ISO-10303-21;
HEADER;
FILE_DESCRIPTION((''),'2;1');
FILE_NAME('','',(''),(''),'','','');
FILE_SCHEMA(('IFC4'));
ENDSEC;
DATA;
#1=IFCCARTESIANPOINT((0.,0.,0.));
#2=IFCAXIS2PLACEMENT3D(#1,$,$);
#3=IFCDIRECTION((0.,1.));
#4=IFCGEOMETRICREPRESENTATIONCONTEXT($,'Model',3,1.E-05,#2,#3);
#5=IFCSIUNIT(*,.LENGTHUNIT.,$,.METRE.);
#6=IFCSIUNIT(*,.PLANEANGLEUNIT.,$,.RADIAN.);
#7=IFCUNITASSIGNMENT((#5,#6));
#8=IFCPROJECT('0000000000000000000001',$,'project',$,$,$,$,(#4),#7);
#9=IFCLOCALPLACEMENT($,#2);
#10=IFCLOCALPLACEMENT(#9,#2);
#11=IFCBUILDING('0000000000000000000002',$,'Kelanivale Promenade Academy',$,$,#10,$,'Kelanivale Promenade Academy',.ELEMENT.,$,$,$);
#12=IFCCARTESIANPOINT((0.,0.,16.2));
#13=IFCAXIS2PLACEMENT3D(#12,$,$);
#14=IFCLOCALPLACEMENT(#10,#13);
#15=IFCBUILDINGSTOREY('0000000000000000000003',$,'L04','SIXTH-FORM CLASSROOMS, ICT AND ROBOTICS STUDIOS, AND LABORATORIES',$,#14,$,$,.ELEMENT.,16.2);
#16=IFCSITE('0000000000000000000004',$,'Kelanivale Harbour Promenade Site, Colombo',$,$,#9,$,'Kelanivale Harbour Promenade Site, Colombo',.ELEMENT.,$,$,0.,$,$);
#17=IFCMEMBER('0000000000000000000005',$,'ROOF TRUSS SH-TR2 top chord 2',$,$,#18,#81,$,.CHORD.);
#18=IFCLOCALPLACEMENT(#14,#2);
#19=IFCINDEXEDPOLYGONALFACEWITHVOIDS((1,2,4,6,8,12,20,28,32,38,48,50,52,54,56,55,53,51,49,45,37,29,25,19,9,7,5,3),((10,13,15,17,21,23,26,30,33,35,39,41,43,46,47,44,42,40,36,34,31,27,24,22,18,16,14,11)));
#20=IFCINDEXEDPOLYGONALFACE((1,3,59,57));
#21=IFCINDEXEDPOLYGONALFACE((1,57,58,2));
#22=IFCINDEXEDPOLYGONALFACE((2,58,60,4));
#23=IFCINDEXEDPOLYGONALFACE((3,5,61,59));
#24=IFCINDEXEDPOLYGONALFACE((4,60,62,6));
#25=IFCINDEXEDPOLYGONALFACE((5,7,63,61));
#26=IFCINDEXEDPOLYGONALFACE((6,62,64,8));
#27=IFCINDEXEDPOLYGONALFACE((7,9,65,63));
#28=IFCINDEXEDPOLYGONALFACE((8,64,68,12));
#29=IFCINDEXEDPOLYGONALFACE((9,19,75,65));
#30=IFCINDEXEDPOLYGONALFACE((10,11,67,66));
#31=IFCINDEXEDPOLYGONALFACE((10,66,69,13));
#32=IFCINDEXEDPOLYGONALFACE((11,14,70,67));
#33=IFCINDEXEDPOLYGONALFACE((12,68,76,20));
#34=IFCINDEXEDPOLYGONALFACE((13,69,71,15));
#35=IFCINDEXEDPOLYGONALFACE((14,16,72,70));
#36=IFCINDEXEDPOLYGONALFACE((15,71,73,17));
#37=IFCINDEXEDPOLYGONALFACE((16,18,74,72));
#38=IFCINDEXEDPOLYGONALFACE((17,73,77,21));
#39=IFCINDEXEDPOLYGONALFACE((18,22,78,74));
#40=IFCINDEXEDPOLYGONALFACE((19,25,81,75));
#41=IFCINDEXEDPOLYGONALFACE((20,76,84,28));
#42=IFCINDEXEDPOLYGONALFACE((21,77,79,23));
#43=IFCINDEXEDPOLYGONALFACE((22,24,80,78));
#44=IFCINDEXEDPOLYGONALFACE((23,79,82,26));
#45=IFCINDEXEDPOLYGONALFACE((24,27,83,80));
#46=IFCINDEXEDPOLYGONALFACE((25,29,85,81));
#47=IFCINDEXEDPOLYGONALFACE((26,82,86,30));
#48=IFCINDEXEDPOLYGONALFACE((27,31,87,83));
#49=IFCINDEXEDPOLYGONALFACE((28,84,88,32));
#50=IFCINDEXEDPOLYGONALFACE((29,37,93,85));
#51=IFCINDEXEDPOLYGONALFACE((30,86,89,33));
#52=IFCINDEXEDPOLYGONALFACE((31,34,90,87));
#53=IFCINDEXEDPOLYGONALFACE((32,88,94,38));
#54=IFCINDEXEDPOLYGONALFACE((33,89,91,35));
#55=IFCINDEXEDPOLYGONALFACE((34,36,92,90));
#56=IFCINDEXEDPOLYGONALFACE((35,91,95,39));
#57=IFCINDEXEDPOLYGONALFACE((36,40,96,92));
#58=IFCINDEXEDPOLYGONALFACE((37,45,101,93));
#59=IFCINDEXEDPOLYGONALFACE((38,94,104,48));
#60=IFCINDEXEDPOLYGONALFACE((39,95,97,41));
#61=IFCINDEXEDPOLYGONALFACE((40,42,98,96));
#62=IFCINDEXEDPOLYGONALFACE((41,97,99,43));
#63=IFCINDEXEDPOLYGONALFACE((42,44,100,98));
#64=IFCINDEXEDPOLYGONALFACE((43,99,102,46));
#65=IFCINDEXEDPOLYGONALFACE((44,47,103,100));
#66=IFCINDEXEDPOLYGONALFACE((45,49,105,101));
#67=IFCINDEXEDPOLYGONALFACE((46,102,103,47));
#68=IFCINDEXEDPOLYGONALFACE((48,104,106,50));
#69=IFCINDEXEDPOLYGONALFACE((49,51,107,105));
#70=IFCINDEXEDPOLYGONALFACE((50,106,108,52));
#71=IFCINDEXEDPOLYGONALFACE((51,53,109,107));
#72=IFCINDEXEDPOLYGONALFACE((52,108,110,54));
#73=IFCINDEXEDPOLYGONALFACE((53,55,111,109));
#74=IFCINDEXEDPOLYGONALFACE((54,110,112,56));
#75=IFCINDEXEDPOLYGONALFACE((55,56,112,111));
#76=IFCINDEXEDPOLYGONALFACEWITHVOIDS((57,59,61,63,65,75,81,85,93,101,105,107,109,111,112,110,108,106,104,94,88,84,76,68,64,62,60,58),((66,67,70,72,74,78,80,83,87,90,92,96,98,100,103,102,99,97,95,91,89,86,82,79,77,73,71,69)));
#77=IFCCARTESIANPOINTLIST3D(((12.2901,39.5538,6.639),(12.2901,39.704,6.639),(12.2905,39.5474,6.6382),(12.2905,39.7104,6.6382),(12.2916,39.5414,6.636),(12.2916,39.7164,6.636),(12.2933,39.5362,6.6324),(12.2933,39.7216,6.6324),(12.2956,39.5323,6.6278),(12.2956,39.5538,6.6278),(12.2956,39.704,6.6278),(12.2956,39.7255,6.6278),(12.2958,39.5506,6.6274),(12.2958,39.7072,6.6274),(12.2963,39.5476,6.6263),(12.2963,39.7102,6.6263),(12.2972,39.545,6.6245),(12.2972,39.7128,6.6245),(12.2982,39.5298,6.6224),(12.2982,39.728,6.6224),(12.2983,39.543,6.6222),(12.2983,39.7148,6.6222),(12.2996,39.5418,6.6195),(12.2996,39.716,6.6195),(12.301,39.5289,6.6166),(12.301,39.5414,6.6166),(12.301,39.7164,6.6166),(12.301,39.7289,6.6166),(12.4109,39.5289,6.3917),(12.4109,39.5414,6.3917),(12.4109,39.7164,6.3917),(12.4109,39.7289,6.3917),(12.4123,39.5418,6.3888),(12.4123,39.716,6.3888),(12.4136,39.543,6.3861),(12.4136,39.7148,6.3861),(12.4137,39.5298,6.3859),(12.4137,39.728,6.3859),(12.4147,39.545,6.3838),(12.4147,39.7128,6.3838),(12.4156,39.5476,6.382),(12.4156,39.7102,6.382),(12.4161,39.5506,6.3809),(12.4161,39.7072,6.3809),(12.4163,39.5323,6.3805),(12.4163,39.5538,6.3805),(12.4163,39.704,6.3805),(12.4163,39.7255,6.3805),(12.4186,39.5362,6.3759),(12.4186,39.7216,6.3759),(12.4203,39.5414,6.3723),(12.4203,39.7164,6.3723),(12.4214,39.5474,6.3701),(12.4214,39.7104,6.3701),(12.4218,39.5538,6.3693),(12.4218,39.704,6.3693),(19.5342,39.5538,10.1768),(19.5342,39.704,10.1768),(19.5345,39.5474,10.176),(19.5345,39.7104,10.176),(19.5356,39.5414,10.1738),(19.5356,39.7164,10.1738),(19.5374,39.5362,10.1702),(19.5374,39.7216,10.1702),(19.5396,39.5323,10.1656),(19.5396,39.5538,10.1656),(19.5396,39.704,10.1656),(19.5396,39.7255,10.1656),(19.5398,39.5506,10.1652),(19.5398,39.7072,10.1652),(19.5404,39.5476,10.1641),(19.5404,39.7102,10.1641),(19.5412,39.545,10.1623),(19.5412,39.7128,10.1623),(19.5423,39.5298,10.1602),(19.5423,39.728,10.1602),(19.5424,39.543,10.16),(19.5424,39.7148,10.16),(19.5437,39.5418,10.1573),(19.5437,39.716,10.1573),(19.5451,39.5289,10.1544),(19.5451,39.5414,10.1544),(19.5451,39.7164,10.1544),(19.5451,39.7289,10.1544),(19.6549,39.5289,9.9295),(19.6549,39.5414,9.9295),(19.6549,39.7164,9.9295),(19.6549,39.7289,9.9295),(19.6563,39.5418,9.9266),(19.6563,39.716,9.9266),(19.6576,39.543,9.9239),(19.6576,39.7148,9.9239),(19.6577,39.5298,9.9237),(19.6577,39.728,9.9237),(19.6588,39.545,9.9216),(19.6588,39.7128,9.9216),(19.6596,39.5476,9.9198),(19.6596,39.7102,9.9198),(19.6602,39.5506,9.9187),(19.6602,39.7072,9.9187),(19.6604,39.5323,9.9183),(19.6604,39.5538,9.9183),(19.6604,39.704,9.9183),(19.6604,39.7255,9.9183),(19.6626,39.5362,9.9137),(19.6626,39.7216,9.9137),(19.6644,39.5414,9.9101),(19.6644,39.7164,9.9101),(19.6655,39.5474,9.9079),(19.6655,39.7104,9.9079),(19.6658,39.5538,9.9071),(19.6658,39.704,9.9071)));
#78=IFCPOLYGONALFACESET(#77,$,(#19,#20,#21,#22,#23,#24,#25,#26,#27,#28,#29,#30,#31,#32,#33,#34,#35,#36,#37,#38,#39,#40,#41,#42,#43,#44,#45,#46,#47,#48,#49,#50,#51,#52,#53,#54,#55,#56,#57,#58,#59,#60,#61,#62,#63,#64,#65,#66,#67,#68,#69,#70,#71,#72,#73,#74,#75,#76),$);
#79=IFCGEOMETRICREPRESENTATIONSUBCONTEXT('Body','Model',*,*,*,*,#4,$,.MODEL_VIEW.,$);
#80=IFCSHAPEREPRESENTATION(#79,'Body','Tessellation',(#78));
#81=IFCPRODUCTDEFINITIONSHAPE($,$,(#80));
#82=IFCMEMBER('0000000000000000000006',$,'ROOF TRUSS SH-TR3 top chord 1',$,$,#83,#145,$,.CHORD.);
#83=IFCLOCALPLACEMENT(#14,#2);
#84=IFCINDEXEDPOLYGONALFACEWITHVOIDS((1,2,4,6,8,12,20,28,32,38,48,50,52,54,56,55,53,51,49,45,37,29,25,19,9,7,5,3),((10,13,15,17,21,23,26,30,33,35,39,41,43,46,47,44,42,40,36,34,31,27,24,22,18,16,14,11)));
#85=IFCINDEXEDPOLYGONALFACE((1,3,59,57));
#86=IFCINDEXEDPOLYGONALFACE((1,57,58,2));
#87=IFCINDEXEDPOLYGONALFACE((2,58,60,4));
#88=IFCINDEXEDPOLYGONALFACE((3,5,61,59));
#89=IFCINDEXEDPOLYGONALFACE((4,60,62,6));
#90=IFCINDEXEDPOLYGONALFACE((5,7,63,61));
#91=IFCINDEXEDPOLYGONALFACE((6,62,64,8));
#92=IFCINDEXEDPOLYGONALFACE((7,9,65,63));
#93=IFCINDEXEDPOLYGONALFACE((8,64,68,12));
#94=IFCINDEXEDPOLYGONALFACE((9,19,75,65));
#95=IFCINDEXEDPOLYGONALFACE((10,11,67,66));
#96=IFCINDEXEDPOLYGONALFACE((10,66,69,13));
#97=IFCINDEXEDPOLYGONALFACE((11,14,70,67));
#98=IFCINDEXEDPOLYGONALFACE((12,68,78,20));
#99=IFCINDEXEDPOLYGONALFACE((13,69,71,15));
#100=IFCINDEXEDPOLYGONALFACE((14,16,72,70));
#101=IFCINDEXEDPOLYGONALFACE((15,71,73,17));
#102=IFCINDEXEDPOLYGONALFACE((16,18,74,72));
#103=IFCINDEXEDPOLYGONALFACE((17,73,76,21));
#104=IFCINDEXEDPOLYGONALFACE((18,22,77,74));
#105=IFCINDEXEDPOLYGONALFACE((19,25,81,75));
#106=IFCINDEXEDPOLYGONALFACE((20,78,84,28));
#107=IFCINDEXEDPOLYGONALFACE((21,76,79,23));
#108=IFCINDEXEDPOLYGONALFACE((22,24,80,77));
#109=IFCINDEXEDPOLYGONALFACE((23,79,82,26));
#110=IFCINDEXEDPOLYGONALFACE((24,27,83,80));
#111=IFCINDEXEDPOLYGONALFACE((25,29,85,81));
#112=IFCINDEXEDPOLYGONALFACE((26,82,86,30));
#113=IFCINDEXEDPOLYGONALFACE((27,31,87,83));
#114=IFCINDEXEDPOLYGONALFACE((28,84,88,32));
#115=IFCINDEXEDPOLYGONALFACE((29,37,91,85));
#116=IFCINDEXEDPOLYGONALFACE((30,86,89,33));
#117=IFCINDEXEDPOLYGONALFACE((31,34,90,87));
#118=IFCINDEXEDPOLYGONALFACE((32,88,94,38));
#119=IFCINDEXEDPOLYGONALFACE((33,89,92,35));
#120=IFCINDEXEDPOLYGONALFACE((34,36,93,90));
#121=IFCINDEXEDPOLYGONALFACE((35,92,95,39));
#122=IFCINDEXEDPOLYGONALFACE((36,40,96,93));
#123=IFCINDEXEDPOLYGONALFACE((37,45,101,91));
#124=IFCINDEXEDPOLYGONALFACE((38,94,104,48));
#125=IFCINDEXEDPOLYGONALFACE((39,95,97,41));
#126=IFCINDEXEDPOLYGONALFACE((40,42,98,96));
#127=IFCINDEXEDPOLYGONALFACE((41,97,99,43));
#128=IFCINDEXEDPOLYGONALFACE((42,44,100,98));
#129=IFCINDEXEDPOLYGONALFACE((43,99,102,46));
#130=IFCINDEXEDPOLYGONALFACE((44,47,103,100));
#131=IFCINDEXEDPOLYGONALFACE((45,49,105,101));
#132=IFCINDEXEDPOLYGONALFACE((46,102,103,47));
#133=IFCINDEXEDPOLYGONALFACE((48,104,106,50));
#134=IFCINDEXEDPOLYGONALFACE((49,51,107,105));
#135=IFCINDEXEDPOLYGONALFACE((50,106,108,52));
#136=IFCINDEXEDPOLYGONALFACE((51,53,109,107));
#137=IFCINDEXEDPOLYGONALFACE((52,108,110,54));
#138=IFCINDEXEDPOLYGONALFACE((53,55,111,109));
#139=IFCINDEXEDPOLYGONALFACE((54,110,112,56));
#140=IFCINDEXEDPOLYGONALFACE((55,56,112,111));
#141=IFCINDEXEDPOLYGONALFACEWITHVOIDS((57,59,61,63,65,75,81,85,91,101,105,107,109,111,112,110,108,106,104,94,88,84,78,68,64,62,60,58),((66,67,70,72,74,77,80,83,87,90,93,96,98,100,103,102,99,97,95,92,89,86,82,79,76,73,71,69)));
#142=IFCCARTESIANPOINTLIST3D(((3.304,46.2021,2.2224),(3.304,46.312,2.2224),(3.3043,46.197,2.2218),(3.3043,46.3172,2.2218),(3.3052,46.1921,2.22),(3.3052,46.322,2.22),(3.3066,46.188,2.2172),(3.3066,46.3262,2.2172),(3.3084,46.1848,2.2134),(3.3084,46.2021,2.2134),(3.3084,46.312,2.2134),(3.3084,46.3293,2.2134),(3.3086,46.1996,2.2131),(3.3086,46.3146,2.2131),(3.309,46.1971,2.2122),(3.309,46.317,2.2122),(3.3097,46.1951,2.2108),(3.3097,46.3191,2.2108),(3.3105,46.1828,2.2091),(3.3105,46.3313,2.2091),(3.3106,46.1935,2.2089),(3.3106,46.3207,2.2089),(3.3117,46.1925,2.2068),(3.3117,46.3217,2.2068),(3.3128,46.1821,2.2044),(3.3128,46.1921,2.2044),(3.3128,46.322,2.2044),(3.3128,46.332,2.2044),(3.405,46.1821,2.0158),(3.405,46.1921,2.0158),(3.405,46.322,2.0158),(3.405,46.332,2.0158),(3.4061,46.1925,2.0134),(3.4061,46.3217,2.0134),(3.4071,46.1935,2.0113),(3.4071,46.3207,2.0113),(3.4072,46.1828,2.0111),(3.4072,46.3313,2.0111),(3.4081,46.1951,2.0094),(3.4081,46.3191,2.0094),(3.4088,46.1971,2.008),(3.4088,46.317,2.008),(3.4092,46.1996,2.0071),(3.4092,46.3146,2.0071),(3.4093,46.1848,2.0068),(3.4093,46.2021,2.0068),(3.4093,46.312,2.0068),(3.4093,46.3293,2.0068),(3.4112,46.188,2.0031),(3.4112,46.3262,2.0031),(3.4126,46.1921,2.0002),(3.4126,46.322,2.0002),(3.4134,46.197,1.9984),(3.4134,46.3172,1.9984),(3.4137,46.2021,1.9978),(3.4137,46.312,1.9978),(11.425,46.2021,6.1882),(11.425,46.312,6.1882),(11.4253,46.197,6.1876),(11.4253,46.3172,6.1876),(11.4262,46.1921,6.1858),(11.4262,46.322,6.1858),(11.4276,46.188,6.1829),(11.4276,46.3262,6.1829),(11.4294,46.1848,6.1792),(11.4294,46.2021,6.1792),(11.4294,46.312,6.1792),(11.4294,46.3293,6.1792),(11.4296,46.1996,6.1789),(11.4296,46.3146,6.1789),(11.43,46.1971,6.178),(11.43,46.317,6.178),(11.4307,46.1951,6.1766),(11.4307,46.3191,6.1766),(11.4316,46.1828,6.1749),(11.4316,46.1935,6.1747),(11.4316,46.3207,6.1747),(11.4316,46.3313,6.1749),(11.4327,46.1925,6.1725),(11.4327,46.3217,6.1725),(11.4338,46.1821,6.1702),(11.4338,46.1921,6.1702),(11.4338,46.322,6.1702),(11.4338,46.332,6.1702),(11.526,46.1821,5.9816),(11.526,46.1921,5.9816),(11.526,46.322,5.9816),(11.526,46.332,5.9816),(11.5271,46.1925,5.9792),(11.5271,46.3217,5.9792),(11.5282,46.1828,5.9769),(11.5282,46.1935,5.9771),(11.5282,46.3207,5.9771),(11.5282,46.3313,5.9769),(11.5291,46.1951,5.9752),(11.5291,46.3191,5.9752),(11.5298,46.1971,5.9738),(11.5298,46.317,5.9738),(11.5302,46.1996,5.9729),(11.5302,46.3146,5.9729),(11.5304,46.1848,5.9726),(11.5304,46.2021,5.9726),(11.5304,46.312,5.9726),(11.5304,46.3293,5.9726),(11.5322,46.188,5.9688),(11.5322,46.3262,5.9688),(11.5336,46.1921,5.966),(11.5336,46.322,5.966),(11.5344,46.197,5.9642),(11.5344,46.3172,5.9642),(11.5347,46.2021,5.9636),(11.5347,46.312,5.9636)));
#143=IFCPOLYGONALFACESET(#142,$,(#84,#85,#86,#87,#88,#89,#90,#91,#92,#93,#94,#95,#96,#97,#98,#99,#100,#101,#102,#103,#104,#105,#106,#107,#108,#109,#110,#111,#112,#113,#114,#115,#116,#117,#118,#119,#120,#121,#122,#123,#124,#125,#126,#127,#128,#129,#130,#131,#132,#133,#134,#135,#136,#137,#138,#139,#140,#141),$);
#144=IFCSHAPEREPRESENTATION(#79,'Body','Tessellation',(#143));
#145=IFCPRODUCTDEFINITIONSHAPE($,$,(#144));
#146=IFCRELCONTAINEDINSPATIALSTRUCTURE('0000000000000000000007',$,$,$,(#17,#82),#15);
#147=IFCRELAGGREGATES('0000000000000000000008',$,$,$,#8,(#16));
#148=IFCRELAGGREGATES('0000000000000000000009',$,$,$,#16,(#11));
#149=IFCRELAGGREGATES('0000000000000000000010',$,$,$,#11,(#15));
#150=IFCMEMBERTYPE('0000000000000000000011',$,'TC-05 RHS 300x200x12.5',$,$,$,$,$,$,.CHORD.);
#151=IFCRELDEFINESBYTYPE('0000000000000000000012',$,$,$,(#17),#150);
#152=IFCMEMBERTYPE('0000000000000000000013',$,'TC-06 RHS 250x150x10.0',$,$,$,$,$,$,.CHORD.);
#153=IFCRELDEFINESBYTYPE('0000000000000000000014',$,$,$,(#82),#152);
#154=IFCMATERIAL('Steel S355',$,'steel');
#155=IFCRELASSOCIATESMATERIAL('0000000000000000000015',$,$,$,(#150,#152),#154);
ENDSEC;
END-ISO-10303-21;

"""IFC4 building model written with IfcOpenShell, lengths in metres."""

from ifc_helpers import new_model, si_unit, direction, frame, origin, origin_2d, place, context, subcontext, project, spatial, hollow_rectangle, extrude, material, material_profile, profile_set, type_object, element, save


model = new_model("IFC4")

# Units and contexts
model_context = context("Model", 3, precision=1e-05, world=origin(), true_north=direction((0.0, 1.0)))
body_context = subcontext(model_context, "Body", "Model", "MODEL_VIEW")
ifc_project = project(units=[si_unit("LENGTHUNIT", "METRE"), si_unit("PLANEANGLEUNIT", "RADIAN")], contexts=[model_context])

# Site, building, storey
site_placement = place(None, origin())
site = spatial("IfcSite", under=ifc_project, at=site_placement, Name="Kelanivale Harbour Promenade Site, Colombo", LongName="Kelanivale Harbour Promenade Site, Colombo", CompositionType="ELEMENT", RefElevation=0.0)
building_placement = place(site_placement, origin())
building = spatial("IfcBuilding", under=site, at=building_placement, Name="Kelanivale Promenade Academy", LongName="Kelanivale Promenade Academy", CompositionType="ELEMENT")
storey_placement = place(building_placement, frame((0.0, 0.0, 16.2)))
storey = spatial("IfcBuildingStorey", under=building, at=storey_placement, Name="L04", Description="SIXTH-FORM CLASSROOMS, ICT AND ROBOTICS STUDIOS, AND LABORATORIES", CompositionType="ELEMENT", Elevation=16.2)

# Shared definitions
ifc_material_1 = material(Name="Steel S355", Category="steel")

# Members
ifc_material_profile_1 = material_profile(ifc_material_1, hollow_rectangle(XDim=0.2, YDim=0.3, WallThickness=0.0125, InnerFilletRadius=0.0125, OuterFilletRadius=0.0249, at=origin_2d()), Name="RHS 300x200x12.5")
ifc_profile_set_1 = profile_set([ifc_material_profile_1], Name="Steel S355")
member_type_1 = type_object("IfcMemberType", Name="TC-05 RHS 300x200x12.5", PredefinedType="CHORD", material=ifc_profile_set_1)
member_1_placement = place(storey_placement, frame((12.356, 39.6289, 6.5042), z_axis=(0.898567, 0.0, 0.438836), x_axis=(0.0, 1.0, 0.0)))
element("IfcMember", 1, at=member_1_placement, inside=storey, type_object=member_type_1, Name="ROOF TRUSS SH-TR2 top chord 2", PredefinedType="CHORD", context=body_context, shape_type="SweptSolid", body=[
    extrude(hollow_rectangle(XDim=0.2, YDim=0.3, WallThickness=0.0125, InnerFilletRadius=0.0125, OuterFilletRadius=0.0249, at=origin_2d()), origin(), (0.0, 0.0, 1.0), 8.0618),
])
ifc_material_profile_2 = material_profile(ifc_material_1, hollow_rectangle(XDim=0.1499, YDim=0.25, WallThickness=0.01, InnerFilletRadius=0.01, OuterFilletRadius=0.02, at=origin_2d()), Name="RHS 250x150x10.0")
ifc_profile_set_2 = profile_set([ifc_material_profile_2], Name="Steel S355")
member_type_2 = type_object("IfcMemberType", Name="TC-06 RHS 250x150x10.0", PredefinedType="CHORD", material=ifc_profile_set_2)
member_2_placement = place(storey_placement, frame((3.3589, 46.2571, 2.1101), z_axis=(0.89858, 0.0, 0.438809), x_axis=(0.0, 1.0, 0.0)))
element("IfcMember", 2, at=member_2_placement, inside=storey, type_object=member_type_2, Name="ROOF TRUSS SH-TR3 top chord 1", PredefinedType="CHORD", context=body_context, shape_type="SweptSolid", body=[
    extrude(hollow_rectangle(XDim=0.1499, YDim=0.25, WallThickness=0.01, InnerFilletRadius=0.01, OuterFilletRadius=0.02, at=origin_2d()), origin(), (0.0, 0.0, 1.0), 9.0376),
])

save(model, "model.ifc")
